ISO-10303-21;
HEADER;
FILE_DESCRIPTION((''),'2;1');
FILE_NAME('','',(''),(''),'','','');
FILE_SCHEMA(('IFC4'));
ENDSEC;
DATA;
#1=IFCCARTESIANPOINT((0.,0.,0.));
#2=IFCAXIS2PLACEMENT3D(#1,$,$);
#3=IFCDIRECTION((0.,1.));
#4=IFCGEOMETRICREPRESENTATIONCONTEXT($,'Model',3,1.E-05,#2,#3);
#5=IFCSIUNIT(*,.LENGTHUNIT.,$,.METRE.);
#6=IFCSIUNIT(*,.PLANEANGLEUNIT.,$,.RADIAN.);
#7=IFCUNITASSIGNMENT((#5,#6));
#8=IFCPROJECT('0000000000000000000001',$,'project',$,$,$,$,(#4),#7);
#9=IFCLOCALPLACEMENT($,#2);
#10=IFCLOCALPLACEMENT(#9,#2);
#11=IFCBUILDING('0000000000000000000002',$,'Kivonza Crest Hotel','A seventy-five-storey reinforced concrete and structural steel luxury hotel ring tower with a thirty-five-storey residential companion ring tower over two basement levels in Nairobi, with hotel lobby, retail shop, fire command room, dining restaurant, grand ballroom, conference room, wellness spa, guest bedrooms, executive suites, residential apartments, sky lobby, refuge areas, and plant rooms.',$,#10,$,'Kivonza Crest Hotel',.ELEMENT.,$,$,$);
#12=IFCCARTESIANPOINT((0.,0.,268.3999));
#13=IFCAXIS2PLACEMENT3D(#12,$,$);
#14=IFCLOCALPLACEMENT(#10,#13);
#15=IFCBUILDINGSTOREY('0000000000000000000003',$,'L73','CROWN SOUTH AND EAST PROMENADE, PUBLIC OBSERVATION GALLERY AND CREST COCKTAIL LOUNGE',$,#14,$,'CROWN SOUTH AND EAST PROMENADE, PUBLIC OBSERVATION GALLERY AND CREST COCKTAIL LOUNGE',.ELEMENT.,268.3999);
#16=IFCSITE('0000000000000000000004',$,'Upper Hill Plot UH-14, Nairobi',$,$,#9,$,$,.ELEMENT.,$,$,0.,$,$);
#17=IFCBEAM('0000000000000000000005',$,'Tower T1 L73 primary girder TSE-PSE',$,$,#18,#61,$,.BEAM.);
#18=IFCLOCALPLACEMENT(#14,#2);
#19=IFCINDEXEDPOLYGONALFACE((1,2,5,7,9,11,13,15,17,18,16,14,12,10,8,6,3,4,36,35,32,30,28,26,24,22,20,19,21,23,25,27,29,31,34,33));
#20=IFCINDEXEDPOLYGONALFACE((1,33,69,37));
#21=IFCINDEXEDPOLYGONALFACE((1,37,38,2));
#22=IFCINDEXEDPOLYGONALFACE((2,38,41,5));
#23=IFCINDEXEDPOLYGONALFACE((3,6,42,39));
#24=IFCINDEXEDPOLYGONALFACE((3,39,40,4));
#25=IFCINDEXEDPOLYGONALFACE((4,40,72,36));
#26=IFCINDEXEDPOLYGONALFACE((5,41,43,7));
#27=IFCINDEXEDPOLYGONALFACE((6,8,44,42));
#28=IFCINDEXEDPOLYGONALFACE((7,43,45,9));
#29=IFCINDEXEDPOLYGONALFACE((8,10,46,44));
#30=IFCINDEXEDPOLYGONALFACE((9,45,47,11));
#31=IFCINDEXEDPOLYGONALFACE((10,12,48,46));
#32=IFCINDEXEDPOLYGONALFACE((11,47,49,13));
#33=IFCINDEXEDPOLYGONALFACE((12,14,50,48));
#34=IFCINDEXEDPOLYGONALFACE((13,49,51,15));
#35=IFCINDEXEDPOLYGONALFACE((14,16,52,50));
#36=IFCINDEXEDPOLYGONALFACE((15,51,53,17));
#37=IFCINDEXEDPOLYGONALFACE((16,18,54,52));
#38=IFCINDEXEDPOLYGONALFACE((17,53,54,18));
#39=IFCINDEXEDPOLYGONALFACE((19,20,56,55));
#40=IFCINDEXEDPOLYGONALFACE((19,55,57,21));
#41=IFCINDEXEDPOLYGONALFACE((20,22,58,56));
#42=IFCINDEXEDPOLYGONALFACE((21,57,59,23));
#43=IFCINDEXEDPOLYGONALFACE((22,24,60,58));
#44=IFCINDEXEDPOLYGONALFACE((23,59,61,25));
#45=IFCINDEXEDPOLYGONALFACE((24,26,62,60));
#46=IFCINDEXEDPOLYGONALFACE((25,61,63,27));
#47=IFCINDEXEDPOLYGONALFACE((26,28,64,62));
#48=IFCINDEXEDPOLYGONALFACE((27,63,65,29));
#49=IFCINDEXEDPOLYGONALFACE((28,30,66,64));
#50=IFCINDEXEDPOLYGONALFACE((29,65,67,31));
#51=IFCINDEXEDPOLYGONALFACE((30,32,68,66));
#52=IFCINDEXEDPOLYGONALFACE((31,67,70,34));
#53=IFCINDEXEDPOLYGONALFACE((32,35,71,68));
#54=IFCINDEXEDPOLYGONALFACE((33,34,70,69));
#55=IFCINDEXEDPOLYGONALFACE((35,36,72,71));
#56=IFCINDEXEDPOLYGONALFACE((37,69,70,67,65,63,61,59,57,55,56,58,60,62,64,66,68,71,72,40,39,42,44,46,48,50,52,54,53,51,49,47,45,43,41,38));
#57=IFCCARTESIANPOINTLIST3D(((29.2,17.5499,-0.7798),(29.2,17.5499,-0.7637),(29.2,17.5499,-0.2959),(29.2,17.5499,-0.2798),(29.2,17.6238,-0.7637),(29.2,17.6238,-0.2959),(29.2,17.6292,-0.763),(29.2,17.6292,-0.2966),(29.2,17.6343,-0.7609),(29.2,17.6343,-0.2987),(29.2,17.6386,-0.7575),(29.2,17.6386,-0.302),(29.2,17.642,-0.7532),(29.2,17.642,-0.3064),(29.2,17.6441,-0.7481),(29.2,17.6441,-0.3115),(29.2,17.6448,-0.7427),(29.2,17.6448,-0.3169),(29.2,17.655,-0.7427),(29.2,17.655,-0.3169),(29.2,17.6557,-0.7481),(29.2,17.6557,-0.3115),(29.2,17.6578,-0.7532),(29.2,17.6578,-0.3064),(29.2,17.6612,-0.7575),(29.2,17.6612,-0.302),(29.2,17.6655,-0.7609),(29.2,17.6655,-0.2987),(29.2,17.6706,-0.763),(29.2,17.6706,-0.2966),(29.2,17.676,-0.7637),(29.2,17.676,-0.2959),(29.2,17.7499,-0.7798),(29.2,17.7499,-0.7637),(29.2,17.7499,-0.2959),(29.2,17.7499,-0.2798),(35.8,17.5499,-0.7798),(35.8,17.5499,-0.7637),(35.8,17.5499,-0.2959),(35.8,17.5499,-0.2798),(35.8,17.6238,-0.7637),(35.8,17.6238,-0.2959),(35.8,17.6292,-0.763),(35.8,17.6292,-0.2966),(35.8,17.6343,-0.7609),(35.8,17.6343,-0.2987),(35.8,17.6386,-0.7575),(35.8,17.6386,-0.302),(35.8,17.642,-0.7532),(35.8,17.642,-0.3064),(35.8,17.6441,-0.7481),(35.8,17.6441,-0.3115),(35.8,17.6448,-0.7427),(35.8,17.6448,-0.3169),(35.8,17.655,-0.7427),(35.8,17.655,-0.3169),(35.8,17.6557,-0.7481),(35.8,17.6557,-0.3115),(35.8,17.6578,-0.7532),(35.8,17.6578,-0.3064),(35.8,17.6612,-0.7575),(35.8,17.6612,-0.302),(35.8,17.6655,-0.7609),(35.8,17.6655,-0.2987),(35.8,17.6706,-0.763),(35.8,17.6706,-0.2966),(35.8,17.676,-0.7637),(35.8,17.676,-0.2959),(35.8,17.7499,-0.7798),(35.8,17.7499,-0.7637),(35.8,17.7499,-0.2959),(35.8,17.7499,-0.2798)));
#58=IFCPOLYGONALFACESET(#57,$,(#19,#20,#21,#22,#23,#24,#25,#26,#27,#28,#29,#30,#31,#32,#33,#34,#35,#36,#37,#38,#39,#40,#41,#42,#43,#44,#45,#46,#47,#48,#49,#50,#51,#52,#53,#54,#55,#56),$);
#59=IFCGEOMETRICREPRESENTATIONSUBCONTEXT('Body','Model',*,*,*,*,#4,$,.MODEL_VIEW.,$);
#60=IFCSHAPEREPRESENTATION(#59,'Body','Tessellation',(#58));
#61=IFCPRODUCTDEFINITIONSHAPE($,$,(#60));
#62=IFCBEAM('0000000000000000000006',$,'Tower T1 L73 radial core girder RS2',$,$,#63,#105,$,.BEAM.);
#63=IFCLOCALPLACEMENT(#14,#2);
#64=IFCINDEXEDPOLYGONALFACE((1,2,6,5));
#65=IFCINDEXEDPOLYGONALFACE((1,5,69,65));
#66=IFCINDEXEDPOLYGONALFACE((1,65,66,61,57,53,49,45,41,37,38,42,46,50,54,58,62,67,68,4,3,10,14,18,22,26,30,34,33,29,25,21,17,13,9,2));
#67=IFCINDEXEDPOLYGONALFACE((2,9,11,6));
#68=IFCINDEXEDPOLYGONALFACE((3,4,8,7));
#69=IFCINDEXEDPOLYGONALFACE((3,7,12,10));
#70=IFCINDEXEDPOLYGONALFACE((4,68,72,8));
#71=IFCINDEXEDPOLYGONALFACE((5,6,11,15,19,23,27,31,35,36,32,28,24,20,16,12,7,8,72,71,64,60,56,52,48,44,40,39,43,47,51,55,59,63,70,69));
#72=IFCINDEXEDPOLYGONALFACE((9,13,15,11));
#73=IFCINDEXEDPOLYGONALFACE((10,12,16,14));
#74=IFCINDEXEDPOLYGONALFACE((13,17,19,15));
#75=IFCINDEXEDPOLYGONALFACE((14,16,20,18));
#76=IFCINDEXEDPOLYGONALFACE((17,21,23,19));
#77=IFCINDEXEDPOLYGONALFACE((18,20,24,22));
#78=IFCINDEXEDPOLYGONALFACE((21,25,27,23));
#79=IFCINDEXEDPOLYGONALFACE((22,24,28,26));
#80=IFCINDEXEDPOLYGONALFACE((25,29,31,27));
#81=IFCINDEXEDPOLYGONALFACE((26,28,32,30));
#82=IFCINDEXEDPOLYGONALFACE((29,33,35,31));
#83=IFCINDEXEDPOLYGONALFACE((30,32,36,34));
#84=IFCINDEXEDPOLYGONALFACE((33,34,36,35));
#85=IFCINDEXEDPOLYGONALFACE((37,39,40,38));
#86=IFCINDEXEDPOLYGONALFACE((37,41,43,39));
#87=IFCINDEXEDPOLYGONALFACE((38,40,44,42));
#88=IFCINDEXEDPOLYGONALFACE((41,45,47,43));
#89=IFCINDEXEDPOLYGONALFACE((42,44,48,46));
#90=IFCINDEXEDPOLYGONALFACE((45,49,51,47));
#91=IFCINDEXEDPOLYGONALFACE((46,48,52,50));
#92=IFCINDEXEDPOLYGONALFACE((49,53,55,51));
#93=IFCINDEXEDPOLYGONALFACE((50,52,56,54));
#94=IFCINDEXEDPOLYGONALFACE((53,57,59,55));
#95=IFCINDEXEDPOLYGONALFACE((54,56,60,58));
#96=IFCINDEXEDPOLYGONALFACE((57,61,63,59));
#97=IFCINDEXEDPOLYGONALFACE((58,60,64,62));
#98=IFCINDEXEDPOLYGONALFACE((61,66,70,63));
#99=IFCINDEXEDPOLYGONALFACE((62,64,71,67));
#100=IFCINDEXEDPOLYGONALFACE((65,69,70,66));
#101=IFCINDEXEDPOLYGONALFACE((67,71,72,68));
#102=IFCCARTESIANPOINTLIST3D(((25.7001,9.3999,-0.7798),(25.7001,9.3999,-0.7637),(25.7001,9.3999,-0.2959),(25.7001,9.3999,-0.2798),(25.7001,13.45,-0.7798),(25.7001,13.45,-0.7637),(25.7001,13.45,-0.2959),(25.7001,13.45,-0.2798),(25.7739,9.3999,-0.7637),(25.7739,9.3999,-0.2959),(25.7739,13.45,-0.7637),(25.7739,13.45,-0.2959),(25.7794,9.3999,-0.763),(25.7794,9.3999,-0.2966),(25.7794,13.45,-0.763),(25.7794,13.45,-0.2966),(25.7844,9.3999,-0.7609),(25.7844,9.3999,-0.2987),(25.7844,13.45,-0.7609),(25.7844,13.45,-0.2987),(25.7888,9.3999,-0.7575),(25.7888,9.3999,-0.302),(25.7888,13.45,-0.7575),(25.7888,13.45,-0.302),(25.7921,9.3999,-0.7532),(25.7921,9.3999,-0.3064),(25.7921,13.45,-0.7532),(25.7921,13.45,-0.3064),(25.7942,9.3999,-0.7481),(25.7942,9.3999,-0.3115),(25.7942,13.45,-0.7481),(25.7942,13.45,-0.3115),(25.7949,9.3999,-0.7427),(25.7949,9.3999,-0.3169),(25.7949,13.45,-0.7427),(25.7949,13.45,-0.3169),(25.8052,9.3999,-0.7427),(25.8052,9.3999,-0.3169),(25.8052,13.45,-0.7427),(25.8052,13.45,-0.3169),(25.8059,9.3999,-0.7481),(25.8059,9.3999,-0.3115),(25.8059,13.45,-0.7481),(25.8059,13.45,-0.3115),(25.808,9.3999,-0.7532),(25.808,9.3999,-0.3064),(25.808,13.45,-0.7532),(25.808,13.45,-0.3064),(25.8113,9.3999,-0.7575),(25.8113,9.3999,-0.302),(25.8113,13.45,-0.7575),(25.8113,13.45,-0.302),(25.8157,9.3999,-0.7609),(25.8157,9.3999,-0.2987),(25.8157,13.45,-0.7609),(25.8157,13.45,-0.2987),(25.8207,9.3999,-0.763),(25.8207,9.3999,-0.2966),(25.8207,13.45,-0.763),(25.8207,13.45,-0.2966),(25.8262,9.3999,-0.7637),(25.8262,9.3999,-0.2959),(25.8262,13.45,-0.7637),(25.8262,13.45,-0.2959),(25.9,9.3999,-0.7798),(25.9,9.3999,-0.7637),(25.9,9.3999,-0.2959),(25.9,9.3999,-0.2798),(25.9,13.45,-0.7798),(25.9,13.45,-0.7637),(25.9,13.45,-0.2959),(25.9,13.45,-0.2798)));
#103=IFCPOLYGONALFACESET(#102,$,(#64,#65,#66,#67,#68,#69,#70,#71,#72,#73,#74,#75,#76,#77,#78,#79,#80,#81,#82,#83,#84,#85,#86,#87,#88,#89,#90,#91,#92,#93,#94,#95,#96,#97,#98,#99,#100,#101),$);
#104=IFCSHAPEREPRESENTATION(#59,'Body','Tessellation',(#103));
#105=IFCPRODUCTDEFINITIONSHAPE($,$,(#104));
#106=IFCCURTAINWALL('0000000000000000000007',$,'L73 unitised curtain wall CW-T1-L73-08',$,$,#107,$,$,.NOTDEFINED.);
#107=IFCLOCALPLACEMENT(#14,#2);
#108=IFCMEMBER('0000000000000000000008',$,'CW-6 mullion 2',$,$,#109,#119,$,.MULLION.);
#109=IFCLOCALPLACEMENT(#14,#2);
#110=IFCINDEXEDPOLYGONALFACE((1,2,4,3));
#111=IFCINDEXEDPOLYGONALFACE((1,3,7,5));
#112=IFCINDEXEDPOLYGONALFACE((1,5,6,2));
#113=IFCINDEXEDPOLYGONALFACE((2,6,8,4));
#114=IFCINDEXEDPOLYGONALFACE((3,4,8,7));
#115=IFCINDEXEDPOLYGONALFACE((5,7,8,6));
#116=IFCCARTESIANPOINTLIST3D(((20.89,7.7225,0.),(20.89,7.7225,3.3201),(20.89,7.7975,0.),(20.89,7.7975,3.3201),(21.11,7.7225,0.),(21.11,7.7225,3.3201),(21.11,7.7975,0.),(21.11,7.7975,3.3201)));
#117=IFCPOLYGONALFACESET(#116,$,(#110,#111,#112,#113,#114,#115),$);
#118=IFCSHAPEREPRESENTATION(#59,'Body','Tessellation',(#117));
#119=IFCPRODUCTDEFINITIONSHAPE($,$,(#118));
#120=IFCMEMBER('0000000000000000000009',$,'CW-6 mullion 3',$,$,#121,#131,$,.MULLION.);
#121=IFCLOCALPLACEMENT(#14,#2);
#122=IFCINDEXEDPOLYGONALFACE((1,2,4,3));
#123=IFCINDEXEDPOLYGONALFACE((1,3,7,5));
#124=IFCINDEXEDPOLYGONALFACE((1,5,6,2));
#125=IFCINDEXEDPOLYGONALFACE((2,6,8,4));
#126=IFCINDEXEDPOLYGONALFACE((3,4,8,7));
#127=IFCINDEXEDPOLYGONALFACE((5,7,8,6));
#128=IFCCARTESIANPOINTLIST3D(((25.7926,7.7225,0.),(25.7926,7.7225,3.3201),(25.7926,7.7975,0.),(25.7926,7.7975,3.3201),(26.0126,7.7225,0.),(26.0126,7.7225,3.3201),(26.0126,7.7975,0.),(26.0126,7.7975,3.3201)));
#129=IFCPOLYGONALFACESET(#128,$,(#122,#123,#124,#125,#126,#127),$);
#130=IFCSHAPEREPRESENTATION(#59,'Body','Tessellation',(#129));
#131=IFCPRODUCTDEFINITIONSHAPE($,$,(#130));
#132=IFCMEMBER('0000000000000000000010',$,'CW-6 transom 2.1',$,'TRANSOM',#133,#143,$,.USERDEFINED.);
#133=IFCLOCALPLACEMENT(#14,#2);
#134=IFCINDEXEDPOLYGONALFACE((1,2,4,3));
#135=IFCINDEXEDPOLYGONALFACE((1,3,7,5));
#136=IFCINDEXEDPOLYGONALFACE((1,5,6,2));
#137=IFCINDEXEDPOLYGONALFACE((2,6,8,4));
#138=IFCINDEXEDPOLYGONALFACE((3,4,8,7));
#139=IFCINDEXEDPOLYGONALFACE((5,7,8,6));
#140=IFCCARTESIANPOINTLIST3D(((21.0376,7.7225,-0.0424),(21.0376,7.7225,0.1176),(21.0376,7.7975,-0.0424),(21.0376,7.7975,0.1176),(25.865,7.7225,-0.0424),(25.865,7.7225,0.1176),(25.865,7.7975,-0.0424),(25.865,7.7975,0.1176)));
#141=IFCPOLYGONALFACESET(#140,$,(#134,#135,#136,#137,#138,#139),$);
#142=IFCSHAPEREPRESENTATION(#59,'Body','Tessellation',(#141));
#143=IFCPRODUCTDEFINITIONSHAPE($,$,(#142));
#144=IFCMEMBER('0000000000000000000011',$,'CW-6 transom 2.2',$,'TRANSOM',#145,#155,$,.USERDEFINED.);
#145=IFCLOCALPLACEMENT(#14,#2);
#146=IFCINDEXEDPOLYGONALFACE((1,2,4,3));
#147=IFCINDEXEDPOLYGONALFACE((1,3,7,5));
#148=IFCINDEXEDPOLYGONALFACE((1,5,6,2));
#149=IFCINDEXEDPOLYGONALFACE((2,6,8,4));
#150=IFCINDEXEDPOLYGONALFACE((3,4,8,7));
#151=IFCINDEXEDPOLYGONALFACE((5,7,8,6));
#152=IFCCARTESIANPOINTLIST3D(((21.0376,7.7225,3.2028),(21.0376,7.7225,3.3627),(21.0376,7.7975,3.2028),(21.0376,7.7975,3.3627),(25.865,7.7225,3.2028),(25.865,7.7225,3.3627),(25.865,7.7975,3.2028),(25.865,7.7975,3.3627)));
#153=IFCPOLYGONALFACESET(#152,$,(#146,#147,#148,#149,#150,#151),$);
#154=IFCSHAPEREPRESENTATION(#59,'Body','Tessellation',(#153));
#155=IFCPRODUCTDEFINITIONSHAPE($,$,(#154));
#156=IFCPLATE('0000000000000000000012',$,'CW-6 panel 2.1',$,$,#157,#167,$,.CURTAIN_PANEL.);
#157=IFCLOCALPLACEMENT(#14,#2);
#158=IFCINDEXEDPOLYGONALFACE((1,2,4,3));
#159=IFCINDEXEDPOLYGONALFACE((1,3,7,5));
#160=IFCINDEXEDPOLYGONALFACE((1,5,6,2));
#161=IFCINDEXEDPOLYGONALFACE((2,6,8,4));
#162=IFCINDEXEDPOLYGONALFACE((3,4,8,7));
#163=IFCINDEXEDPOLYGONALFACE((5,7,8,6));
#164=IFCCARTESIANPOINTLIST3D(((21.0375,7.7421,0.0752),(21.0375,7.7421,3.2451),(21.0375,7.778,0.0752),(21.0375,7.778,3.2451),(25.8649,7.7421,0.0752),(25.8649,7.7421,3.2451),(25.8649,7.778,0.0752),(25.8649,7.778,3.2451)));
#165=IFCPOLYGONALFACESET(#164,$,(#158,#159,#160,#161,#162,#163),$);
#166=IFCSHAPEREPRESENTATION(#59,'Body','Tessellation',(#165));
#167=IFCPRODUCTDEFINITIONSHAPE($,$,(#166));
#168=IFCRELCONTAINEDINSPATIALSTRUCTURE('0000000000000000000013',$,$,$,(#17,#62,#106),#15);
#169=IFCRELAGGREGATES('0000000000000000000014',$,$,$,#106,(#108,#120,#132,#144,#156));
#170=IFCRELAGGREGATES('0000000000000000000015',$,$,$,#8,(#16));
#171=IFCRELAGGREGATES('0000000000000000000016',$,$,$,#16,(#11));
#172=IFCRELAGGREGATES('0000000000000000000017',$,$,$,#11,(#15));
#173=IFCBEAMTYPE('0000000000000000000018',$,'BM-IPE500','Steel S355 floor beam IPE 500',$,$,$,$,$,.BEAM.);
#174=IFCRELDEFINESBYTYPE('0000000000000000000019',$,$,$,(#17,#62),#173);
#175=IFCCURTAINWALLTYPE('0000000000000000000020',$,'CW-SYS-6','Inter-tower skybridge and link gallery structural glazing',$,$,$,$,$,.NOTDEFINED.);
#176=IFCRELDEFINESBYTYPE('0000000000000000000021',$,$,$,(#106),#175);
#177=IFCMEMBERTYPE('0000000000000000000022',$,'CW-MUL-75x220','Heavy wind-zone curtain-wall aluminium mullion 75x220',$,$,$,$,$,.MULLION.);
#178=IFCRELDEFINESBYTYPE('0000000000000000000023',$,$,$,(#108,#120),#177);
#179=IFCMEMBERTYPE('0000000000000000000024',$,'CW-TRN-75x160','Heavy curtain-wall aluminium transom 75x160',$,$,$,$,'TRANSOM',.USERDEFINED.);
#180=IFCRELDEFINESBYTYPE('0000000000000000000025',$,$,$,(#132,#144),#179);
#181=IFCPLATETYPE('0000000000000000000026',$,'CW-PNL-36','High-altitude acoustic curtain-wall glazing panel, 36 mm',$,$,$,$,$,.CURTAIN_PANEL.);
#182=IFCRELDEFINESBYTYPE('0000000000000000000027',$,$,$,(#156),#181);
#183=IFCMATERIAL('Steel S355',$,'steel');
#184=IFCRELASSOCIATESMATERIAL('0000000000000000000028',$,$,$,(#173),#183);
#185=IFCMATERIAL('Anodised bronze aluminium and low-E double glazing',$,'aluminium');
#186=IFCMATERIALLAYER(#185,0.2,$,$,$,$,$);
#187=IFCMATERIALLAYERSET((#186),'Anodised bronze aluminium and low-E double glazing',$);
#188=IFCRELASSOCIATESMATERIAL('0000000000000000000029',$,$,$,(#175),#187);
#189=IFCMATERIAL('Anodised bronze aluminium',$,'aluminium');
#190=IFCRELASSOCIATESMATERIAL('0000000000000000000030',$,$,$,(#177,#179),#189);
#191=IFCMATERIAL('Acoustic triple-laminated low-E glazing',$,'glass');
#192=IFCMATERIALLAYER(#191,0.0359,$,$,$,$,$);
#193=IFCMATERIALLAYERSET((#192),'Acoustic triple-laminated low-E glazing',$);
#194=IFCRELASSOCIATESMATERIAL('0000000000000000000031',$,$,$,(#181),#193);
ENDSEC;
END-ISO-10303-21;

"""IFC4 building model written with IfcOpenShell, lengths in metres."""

from ifc_helpers import new_model, si_unit, direction, frame, origin, origin_2d, place, context, subcontext, project, spatial, rectangle, i_section, extrude, material, layer, layer_set, material_profile, profile_set, type_object, element, aggregate, save


model = new_model("IFC4")

# Units and contexts
model_context = context("Model", 3, precision=1e-05, world=origin(), true_north=direction((0.0, 1.0)))
body_context = subcontext(model_context, "Body", "Model", "MODEL_VIEW")
ifc_project = project(units=[si_unit("LENGTHUNIT", "METRE"), si_unit("PLANEANGLEUNIT", "RADIAN")], contexts=[model_context])

# Site, building, storey
site_placement = place(None, origin())
site = spatial("IfcSite", under=ifc_project, at=site_placement, Name="Upper Hill Plot UH-14, Nairobi", CompositionType="ELEMENT", RefElevation=0.0)
building_placement = place(site_placement, origin())
building = spatial("IfcBuilding", under=site, at=building_placement, Name="Kivonza Crest Hotel", Description="A seventy-five-storey reinforced concrete and structural steel luxury hotel ring tower with a thirty-five-storey residential companion ring tower over two basement levels in Nairobi, with hotel lobby, retail shop, fire command room, dining restaurant, grand ballroom, conference room, wellness spa, guest bedrooms, executive suites, residential apartments, sky lobby, refuge areas, and plant rooms.", LongName="Kivonza Crest Hotel", CompositionType="ELEMENT")
storey_placement = place(building_placement, frame((0.0, 0.0, 268.3999)))
storey = spatial("IfcBuildingStorey", under=building, at=storey_placement, Name="L73", Description="CROWN SOUTH AND EAST PROMENADE, PUBLIC OBSERVATION GALLERY AND CREST COCKTAIL LOUNGE", LongName="CROWN SOUTH AND EAST PROMENADE, PUBLIC OBSERVATION GALLERY AND CREST COCKTAIL LOUNGE", CompositionType="ELEMENT", Elevation=268.3999)

# Beams
ifc_material_1 = material(Name="Steel S355", Category="steel")
ifc_material_profile_1 = material_profile(ifc_material_1, i_section(OverallWidth=0.2, OverallDepth=0.5, WebThickness=0.0103, FlangeThickness=0.0161, FilletRadius=0.021, at=origin_2d()), Name="IPE 500")
ifc_profile_set_1 = profile_set([ifc_material_profile_1], Name="Steel S355")
beam_type_1 = type_object("IfcBeamType", Name="BM-IPE500", Description="Steel S355 floor beam IPE 500", PredefinedType="BEAM", material=ifc_profile_set_1)
beam_1_placement = place(storey_placement, frame((29.2, 17.6499, -0.5298), z_axis=(1.0, 0.0, 0.0), x_axis=(0.0, 1.0, 0.0)))
element("IfcBeam", 1, at=beam_1_placement, inside=storey, type_object=beam_type_1, Name="Tower T1 L73 primary girder TSE-PSE", PredefinedType="BEAM", context=body_context, shape_type="SweptSolid", body=[
    extrude(i_section(OverallWidth=0.2, OverallDepth=0.5, WebThickness=0.0103, FlangeThickness=0.0161, FilletRadius=0.021, at=origin_2d()), origin(), (0.0, 0.0, 1.0), 6.6001),
])
beam_2_placement = place(storey_placement, frame((25.8, 9.3999, -0.5298), z_axis=(0.0, 1.0, 0.0), x_axis=(-1.0, 0.0, 0.0)))
element("IfcBeam", 2, at=beam_2_placement, inside=storey, type_object=beam_type_1, Name="Tower T1 L73 radial core girder RS2", PredefinedType="BEAM", context=body_context, shape_type="SweptSolid", body=[
    extrude(i_section(OverallWidth=0.2, OverallDepth=0.5, WebThickness=0.0103, FlangeThickness=0.0161, FilletRadius=0.021, at=origin_2d()), origin(), (0.0, 0.0, 1.0), 4.05),
])

# Curtain wall, members, plate
ifc_material_2 = material(Name="Anodised bronze aluminium and low-E double glazing", Category="aluminium")
ifc_layer_1 = layer(ifc_material_2, 0.2)
ifc_layer_set_1 = layer_set([ifc_layer_1], Name="Anodised bronze aluminium and low-E double glazing")
curtain_wall_type = type_object("IfcCurtainWallType", Name="CW-SYS-6", Description="Inter-tower skybridge and link gallery structural glazing", PredefinedType="NOTDEFINED", material=ifc_layer_set_1)
curtain_wall_placement = place(storey_placement, origin())
curtain_wall = element("IfcCurtainWall", 3, at=curtain_wall_placement, inside=storey, type_object=curtain_wall_type, Name="L73 unitised curtain wall CW-T1-L73-08", PredefinedType="NOTDEFINED")
ifc_material_3 = material(Name="Anodised bronze aluminium", Category="aluminium")
ifc_material_profile_2 = material_profile(ifc_material_3, rectangle(XDim=0.075, YDim=0.22, at=origin_2d()), Name="CW-M 75x220")
ifc_profile_set_2 = profile_set([ifc_material_profile_2], Name="Anodised bronze aluminium")
member_type_1 = type_object("IfcMemberType", Name="CW-MUL-75x220", Description="Heavy wind-zone curtain-wall aluminium mullion 75x220", PredefinedType="MULLION", material=ifc_profile_set_2)
member_1_placement = place(storey_placement, frame((21.0, 7.76, 0.0), z_axis=(0.0, 0.0, 1.0), x_axis=(0.0, 1.0, 0.0)))
member_1 = element("IfcMember", 4, at=member_1_placement, type_object=member_type_1, Name="CW-6 mullion 2", PredefinedType="MULLION", context=body_context, shape_type="SweptSolid", body=[
    extrude(rectangle(XDim=0.075, YDim=0.22, at=origin_2d()), origin(), (0.0, 0.0, 1.0), 3.3201),
])
member_2_placement = place(storey_placement, frame((25.9026, 7.76, 0.0), z_axis=(0.0, 0.0, 1.0), x_axis=(0.0, 1.0, 0.0)))
member_2 = element("IfcMember", 5, at=member_2_placement, type_object=member_type_1, Name="CW-6 mullion 3", PredefinedType="MULLION", context=body_context, shape_type="SweptSolid", body=[
    extrude(rectangle(XDim=0.075, YDim=0.22, at=origin_2d()), origin(), (0.0, 0.0, 1.0), 3.3201),
])
ifc_material_profile_3 = material_profile(ifc_material_3, rectangle(XDim=0.075, YDim=0.1599, at=origin_2d()), Name="CW-T 75x160")
ifc_profile_set_3 = profile_set([ifc_material_profile_3], Name="Anodised bronze aluminium")
member_type_2 = type_object("IfcMemberType", Name="CW-TRN-75x160", Description="Heavy curtain-wall aluminium transom 75x160", ElementType="TRANSOM", PredefinedType="USERDEFINED", material=ifc_profile_set_3)
member_3_placement = place(storey_placement, frame((21.0376, 7.76, 0.0376), z_axis=(1.0, 0.0, 0.0), x_axis=(0.0, 1.0, 0.0)))
member_3 = element("IfcMember", 6, at=member_3_placement, type_object=member_type_2, Name="CW-6 transom 2.1", ObjectType="TRANSOM", PredefinedType="USERDEFINED", context=body_context, shape_type="SweptSolid", body=[
    extrude(rectangle(XDim=0.075, YDim=0.1599, at=origin_2d()), origin(), (0.0, 0.0, 1.0), 4.8274),
])
member_4_placement = place(storey_placement, frame((21.0376, 7.76, 3.2827), z_axis=(1.0, 0.0, 0.0), x_axis=(0.0, 1.0, 0.0)))
member_4 = element("IfcMember", 7, at=member_4_placement, type_object=member_type_2, Name="CW-6 transom 2.2", ObjectType="TRANSOM", PredefinedType="USERDEFINED", context=body_context, shape_type="SweptSolid", body=[
    extrude(rectangle(XDim=0.075, YDim=0.1599, at=origin_2d()), origin(), (0.0, 0.0, 1.0), 4.8274),
])
ifc_material_4 = material(Name="Acoustic triple-laminated low-E glazing", Category="glass")
ifc_layer_2 = layer(ifc_material_4, 0.0359)
ifc_layer_set_2 = layer_set([ifc_layer_2], Name="Acoustic triple-laminated low-E glazing")
plate_type = type_object("IfcPlateType", Name="CW-PNL-36", Description="High-altitude acoustic curtain-wall glazing panel, 36 mm", PredefinedType="CURTAIN_PANEL", material=ifc_layer_set_2)
plate_placement = place(storey_placement, frame((23.4512, 7.76, 0.0752), z_axis=(0.0, 0.0, 1.0), x_axis=(1.0, 0.0, 0.0)))
plate = element("IfcPlate", 8, at=plate_placement, type_object=plate_type, Name="CW-6 panel 2.1", PredefinedType="CURTAIN_PANEL", context=body_context, shape_type="SweptSolid", body=[
    extrude(rectangle(XDim=4.8274, YDim=0.0359, at=origin_2d()), origin(), (0.0, 0.0, 1.0), 3.1699),
])
aggregate(curtain_wall, [member_1, member_2, member_3, member_4, plate])

save(model, "model.ifc")
